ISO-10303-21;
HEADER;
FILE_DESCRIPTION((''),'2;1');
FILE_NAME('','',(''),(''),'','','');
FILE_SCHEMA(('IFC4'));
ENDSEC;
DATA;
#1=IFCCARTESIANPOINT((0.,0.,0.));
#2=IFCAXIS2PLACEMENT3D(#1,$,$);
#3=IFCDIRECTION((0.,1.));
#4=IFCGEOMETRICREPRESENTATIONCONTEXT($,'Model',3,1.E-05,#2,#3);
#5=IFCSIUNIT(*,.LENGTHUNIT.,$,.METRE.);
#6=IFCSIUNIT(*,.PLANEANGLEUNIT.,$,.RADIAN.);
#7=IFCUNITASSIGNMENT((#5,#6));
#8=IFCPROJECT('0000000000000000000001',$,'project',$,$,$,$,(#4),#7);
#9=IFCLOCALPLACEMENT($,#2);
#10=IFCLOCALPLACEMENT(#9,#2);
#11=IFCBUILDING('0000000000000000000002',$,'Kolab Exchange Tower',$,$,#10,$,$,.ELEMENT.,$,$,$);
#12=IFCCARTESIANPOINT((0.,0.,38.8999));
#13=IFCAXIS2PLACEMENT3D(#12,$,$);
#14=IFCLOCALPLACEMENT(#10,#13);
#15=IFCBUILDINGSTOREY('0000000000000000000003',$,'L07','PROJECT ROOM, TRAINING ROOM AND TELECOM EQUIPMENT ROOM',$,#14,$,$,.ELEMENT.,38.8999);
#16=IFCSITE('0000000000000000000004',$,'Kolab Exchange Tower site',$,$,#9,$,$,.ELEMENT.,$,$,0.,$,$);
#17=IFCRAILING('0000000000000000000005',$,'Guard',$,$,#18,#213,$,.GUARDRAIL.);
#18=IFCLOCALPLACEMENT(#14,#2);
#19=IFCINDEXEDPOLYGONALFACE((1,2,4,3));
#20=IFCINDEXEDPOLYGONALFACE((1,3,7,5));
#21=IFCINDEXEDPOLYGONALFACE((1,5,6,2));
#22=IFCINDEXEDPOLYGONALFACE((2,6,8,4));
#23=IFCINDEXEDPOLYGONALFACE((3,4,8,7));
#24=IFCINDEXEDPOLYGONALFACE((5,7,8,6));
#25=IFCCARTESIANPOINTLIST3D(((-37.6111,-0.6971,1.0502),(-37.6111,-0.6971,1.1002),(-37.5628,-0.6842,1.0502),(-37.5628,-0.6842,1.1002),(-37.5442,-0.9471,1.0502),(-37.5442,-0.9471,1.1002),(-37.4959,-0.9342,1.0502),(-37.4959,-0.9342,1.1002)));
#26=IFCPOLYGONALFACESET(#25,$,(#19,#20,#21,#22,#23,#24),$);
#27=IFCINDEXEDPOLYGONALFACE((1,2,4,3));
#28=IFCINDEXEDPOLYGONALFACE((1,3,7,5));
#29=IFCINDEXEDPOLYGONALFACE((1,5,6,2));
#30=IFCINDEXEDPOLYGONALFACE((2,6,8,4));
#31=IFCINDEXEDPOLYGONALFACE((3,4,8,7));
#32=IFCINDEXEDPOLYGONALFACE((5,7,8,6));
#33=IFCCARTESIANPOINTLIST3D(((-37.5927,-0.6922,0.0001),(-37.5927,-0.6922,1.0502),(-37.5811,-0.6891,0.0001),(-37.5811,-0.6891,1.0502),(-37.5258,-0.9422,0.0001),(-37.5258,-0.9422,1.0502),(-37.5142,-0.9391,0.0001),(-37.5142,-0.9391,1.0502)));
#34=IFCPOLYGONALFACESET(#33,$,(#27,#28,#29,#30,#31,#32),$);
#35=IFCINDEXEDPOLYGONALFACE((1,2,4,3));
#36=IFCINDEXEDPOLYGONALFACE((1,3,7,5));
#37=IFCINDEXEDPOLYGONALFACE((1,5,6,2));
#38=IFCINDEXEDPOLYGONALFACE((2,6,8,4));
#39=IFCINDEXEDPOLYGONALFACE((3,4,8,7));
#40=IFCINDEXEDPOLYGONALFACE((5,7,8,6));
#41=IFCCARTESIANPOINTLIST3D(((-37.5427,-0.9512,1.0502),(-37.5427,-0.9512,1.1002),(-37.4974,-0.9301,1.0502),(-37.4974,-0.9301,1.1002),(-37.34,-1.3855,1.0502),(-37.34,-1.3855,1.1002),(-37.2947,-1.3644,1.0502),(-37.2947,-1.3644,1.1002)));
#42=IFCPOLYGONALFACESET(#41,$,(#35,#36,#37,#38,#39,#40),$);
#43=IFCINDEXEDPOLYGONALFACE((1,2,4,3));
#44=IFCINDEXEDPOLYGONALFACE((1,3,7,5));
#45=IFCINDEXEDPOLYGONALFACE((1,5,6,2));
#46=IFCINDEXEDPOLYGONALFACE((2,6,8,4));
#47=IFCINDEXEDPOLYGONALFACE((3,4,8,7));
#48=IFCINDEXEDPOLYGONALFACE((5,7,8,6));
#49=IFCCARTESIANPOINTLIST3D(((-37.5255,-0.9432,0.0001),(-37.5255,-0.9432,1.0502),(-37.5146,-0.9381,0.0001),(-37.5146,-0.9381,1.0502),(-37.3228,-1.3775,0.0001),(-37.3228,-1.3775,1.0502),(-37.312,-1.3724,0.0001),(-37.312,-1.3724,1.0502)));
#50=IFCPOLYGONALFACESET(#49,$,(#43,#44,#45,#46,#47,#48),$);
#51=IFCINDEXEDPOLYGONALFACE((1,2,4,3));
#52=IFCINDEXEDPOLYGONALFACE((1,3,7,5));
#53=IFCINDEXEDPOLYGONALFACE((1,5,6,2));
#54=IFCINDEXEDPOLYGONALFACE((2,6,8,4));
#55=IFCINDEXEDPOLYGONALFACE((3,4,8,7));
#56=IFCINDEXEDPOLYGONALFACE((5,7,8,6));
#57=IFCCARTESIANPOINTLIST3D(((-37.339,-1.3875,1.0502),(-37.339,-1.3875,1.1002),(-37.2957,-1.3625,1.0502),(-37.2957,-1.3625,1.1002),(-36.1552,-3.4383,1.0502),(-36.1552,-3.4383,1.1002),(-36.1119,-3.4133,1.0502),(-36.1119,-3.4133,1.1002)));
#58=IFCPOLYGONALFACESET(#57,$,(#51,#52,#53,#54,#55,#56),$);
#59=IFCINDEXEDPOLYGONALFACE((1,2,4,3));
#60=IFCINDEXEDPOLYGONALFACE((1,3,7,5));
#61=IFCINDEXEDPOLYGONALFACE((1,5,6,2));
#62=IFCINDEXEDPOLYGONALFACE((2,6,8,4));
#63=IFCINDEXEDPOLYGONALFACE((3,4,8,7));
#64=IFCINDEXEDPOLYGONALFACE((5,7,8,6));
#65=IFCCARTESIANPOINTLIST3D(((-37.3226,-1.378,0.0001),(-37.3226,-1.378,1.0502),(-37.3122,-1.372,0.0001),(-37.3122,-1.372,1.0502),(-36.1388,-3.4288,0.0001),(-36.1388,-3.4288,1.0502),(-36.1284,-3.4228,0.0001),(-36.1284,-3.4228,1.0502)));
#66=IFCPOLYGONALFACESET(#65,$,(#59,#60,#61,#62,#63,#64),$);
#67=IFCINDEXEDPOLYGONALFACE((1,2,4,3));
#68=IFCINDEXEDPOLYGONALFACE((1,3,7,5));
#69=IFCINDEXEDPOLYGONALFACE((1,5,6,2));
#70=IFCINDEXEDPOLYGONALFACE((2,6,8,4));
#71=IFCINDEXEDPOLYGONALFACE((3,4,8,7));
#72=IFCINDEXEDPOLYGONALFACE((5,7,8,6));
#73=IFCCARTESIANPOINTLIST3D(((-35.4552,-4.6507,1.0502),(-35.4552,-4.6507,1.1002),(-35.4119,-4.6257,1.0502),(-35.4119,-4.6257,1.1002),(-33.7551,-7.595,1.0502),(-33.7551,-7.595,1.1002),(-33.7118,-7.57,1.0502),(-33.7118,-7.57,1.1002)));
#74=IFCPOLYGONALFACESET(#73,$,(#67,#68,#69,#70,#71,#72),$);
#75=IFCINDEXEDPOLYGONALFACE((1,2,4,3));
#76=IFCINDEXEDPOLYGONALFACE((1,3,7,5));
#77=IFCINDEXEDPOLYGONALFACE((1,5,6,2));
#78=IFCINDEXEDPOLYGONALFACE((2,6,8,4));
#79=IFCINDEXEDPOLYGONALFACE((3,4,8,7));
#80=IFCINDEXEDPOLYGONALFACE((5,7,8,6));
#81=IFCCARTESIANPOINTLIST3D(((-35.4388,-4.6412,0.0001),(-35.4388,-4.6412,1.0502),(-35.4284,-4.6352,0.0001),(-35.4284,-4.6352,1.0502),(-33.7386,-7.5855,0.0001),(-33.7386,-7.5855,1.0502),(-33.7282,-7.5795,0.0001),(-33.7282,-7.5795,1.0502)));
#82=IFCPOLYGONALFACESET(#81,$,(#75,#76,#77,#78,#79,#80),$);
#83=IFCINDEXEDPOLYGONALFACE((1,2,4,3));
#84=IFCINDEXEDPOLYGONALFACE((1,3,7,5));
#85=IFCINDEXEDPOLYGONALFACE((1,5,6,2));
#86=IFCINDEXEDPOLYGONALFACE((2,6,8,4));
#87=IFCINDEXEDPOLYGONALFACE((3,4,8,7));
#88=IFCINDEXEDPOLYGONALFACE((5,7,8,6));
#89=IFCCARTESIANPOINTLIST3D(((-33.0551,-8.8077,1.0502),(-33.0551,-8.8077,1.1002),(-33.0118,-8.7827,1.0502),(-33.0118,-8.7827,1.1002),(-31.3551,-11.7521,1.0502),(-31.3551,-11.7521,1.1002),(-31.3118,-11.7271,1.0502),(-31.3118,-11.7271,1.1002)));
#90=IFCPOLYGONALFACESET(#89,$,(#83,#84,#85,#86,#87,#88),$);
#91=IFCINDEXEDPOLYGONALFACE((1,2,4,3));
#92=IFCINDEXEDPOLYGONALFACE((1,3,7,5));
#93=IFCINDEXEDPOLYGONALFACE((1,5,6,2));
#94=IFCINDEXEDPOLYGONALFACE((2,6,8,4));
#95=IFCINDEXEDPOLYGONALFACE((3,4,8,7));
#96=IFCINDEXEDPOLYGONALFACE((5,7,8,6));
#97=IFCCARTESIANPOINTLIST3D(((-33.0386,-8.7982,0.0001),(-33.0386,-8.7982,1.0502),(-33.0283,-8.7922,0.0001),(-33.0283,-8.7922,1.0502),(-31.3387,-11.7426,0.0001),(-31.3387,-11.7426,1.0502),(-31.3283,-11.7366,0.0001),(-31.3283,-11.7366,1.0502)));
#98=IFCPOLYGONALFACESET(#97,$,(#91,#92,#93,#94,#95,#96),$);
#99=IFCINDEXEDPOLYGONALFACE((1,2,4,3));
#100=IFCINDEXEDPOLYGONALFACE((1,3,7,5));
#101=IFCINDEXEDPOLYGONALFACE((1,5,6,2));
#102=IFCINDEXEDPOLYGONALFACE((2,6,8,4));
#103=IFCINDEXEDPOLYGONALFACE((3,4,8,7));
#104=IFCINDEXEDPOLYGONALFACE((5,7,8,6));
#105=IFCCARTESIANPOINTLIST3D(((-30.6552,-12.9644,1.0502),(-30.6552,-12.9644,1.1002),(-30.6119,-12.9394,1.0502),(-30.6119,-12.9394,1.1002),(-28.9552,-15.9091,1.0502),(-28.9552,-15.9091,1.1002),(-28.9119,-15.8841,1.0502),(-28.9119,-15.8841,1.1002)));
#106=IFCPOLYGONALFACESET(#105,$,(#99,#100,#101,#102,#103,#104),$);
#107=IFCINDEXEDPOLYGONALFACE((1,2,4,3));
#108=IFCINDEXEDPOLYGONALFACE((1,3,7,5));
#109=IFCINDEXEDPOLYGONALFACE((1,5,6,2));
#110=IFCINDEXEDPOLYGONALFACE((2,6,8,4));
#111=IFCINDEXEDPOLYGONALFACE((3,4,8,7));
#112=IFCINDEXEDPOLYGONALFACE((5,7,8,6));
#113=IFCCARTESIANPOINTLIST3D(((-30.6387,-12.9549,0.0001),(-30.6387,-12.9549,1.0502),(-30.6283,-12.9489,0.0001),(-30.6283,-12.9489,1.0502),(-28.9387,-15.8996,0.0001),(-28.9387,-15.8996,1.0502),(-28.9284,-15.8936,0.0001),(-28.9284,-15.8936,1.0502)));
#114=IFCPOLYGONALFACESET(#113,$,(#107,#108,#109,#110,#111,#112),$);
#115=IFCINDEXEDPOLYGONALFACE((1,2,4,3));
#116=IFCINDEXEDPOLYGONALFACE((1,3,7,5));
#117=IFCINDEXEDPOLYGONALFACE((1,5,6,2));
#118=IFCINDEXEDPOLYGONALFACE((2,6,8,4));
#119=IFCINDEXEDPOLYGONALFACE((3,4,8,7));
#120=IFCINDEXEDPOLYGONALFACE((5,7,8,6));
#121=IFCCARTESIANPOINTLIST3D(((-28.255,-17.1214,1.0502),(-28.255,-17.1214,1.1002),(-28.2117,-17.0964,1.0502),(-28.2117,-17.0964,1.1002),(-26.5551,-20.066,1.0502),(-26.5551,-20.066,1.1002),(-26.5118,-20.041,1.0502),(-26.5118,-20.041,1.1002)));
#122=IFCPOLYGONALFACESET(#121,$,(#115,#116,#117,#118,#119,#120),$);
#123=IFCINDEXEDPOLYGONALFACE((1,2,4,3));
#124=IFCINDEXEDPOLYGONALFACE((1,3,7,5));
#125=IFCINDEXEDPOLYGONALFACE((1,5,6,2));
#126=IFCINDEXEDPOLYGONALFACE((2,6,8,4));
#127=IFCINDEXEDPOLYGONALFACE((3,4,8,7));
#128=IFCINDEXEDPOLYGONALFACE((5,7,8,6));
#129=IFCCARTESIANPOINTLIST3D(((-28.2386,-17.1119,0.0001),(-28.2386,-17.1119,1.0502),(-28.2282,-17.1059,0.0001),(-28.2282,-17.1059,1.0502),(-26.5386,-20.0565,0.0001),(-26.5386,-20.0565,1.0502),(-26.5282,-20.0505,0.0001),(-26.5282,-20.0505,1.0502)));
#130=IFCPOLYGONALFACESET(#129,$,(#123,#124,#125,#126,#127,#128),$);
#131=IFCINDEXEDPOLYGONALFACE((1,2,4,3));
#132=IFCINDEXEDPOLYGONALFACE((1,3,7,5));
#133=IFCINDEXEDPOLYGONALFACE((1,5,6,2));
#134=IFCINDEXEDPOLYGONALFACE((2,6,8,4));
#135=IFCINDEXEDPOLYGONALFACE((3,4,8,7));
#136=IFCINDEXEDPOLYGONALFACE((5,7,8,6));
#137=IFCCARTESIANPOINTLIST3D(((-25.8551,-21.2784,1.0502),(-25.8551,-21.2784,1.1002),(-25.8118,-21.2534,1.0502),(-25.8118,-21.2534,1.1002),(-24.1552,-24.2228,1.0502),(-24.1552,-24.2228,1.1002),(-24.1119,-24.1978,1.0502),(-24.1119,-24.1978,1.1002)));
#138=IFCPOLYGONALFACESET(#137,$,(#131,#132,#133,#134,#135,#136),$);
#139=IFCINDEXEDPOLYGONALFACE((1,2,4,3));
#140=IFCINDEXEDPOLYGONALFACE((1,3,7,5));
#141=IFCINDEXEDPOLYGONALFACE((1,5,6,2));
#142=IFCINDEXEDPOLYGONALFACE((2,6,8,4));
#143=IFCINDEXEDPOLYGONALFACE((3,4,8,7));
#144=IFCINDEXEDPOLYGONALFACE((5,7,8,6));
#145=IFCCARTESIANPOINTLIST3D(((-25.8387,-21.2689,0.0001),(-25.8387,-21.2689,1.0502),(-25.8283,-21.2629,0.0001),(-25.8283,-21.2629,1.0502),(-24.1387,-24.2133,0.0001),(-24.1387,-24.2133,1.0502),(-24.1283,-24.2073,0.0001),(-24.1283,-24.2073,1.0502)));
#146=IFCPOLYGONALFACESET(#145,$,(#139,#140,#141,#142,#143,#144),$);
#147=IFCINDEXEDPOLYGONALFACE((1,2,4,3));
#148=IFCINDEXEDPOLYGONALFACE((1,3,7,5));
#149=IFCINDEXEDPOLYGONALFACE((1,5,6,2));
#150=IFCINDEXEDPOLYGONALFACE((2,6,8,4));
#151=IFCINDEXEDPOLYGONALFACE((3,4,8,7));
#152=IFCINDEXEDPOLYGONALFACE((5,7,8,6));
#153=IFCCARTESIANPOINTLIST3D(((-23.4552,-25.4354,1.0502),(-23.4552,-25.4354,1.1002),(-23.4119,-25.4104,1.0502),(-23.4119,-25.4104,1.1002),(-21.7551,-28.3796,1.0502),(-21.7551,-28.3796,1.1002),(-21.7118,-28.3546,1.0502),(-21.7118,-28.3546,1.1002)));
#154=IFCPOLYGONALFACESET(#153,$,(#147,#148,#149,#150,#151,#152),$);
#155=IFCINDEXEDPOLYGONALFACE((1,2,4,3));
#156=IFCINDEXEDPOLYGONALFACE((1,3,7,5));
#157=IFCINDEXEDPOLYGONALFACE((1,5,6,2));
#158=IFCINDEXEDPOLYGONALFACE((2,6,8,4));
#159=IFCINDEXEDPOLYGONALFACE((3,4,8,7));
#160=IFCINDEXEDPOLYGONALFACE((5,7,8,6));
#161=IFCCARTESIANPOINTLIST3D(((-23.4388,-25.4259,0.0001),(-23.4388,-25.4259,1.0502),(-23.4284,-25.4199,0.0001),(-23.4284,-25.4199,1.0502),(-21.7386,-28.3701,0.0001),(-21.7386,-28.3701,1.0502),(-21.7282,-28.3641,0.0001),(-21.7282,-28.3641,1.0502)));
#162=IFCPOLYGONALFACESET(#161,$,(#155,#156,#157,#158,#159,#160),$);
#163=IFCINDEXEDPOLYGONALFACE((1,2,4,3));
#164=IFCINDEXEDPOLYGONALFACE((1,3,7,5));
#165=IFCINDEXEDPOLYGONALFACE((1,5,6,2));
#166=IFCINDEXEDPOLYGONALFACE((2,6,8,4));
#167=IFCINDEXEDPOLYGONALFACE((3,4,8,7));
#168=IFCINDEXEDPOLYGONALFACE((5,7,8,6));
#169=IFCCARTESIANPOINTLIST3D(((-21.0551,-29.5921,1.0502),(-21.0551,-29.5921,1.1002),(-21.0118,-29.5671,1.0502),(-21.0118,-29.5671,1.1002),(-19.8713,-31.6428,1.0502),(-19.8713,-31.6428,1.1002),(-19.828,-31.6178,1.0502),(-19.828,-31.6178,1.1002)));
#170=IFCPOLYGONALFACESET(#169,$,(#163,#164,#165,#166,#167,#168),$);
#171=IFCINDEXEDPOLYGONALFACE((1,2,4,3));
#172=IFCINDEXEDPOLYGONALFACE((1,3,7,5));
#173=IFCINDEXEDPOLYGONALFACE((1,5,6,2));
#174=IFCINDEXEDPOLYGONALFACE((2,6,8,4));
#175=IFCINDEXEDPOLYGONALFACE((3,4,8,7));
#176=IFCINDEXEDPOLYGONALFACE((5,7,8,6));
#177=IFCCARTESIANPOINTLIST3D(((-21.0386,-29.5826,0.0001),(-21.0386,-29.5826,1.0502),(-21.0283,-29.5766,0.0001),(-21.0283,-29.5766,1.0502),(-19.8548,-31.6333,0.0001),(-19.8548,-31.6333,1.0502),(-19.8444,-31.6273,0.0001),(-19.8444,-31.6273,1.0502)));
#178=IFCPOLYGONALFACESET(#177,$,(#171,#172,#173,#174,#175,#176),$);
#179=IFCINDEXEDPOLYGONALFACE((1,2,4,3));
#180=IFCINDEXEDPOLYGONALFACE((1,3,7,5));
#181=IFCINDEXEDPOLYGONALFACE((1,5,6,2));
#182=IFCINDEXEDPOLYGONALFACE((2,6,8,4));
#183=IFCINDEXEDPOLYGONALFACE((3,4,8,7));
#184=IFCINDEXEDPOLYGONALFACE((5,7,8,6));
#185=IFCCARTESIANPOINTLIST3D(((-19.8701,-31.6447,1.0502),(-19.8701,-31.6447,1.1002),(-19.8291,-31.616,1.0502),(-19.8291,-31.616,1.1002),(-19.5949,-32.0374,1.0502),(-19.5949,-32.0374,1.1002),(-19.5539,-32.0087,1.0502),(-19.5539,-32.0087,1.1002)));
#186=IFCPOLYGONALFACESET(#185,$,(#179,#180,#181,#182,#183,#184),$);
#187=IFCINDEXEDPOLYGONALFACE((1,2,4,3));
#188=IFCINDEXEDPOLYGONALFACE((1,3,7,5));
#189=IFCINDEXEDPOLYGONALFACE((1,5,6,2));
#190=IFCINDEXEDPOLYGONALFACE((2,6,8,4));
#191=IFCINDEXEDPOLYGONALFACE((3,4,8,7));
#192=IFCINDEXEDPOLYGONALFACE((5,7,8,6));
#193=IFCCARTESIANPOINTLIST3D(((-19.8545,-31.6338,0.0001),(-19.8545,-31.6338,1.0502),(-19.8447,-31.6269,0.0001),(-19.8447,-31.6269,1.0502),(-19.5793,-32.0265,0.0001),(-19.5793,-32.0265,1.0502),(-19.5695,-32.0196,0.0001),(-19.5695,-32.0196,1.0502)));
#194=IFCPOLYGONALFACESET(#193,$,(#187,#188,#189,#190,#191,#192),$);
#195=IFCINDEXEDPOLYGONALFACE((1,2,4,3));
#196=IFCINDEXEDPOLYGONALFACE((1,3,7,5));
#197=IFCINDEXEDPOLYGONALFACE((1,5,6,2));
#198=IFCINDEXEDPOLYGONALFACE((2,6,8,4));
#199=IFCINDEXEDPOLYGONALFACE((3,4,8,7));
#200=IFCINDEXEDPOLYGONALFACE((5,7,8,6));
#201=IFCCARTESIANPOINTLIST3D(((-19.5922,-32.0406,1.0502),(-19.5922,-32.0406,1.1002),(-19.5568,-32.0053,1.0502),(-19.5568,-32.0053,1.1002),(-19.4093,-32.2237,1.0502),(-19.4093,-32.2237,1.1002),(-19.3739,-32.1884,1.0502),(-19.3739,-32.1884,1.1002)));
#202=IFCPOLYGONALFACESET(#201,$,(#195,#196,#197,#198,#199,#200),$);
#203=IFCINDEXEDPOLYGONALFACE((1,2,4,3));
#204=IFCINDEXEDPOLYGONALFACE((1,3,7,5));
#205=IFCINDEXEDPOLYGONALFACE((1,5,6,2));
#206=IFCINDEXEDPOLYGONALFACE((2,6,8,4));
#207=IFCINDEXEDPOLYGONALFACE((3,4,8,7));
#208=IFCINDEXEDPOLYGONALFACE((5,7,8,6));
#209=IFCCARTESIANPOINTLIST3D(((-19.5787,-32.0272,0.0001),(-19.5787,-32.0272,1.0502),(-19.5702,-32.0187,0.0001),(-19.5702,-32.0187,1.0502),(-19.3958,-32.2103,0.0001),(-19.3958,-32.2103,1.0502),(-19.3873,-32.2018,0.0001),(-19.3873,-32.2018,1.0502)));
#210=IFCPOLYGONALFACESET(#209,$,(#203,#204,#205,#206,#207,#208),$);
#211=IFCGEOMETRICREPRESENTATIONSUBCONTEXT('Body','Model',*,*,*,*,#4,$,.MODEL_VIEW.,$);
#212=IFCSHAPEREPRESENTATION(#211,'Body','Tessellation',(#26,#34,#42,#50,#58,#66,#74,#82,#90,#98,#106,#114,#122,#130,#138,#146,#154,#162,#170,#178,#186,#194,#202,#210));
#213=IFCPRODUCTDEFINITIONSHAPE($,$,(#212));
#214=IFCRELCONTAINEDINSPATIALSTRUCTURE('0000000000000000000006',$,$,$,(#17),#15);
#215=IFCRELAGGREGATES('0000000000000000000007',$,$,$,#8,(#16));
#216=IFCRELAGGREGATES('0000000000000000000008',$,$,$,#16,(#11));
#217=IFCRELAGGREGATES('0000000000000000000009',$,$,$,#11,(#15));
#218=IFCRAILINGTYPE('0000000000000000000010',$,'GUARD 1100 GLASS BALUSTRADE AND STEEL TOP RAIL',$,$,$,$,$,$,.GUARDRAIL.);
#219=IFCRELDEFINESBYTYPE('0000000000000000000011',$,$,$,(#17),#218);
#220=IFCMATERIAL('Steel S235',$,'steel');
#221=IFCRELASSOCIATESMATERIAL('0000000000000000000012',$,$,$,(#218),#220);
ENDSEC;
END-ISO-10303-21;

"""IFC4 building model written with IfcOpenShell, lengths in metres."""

from ifc_helpers import new_model, si_unit, direction, frame, frame_2d, origin, origin_2d, place, context, subcontext, project, spatial, rectangle, extrude, material, type_object, element, save


model = new_model("IFC4")

# Units and contexts
model_context = context("Model", 3, precision=1e-05, world=origin(), true_north=direction((0.0, 1.0)))
body_context = subcontext(model_context, "Body", "Model", "MODEL_VIEW")
ifc_project = project(units=[si_unit("LENGTHUNIT", "METRE"), si_unit("PLANEANGLEUNIT", "RADIAN")], contexts=[model_context])

# Site, building, storey
site_placement = place(None, origin())
site = spatial("IfcSite", under=ifc_project, at=site_placement, Name="Kolab Exchange Tower site", CompositionType="ELEMENT", RefElevation=0.0)
building_placement = place(site_placement, origin())
building = spatial("IfcBuilding", under=site, at=building_placement, Name="Kolab Exchange Tower", CompositionType="ELEMENT")
storey_placement = place(building_placement, frame((0.0, 0.0, 38.8999)))
storey = spatial("IfcBuildingStorey", under=building, at=storey_placement, Name="L07", Description="PROJECT ROOM, TRAINING ROOM AND TELECOM EQUIPMENT ROOM", CompositionType="ELEMENT", Elevation=38.8999)

# Railing
ifc_material_1 = material(Name="Steel S235", Category="steel")
railing_type = type_object("IfcRailingType", Name="GUARD 1100 GLASS BALUSTRADE AND STEEL TOP RAIL", PredefinedType="GUARDRAIL", material=ifc_material_1)
railing_placement = place(storey_placement, frame((-37.5869, -0.6907, 0.0)))
element("IfcRailing", 1, at=railing_placement, inside=storey, type_object=railing_type, Name="Guard", PredefinedType="GUARDRAIL", context=body_context, shape_type="SweptSolid", body=[
    extrude(rectangle(XDim=0.05, YDim=0.05, at=origin_2d()), frame((0.0, 0.0, 1.0752), z_axis=(0.258485, -0.966015, 0.0), x_axis=(0.966015, 0.258485, 0.0)), (0.0, 0.0, 1.0), 0.2588),
    extrude(rectangle(XDim=0.012, YDim=1.0501, at=frame_2d((0.0, 0.5251))), frame((0.0, 0.0, 0.0), z_axis=(0.258485, -0.966015, 0.0), x_axis=(0.966015, 0.258485, 0.0)), (0.0, 0.0, 1.0), 0.2588),
    extrude(rectangle(XDim=0.05, YDim=0.05, at=origin_2d()), frame((0.0669, -0.25, 1.0752), z_axis=(0.422802, -0.906222, 0.0), x_axis=(0.906222, 0.422802, 0.0)), (0.0, 0.0, 1.0), 0.4792),
    extrude(rectangle(XDim=0.012, YDim=1.0501, at=frame_2d((0.0, 0.5251))), frame((0.0669, -0.25, 0.0), z_axis=(0.422802, -0.906222, 0.0), x_axis=(0.906222, 0.422802, 0.0)), (0.0, 0.0, 1.0), 0.4792),
    extrude(rectangle(XDim=0.05, YDim=0.05, at=origin_2d()), frame((0.2695, -0.6843, 1.0752), z_axis=(0.499943, -0.866059, 0.0), x_axis=(0.866059, 0.499943, 0.0)), (0.0, 0.0, 1.0), 2.3679),
    extrude(rectangle(XDim=0.012, YDim=1.0501, at=frame_2d((0.0, 0.5251))), frame((0.2695, -0.6843, 0.0), z_axis=(0.499943, -0.866059, 0.0), x_axis=(0.866059, 0.499943, 0.0)), (0.0, 0.0, 1.0), 2.3679),
    extrude(rectangle(XDim=0.05, YDim=0.05, at=origin_2d()), frame((2.1533, -3.9475, 1.0752), z_axis=(0.500062, -0.865989, 0.0), x_axis=(0.865989, 0.500062, 0.0)), (0.0, 0.0, 1.0), 3.3999),
    extrude(rectangle(XDim=0.012, YDim=1.0501, at=frame_2d((0.0, 0.5251))), frame((2.1533, -3.9475, 0.0), z_axis=(0.500062, -0.865989, 0.0), x_axis=(0.865989, 0.500062, 0.0)), (0.0, 0.0, 1.0), 3.3999),
    extrude(rectangle(XDim=0.05, YDim=0.05, at=origin_2d()), frame((4.5535, -8.1045, 1.0752), z_axis=(0.500008, -0.866021, 0.0), x_axis=(0.866021, 0.500008, 0.0)), (0.0, 0.0, 1.0), 3.3999),
    extrude(rectangle(XDim=0.012, YDim=1.0501, at=frame_2d((0.0, 0.5251))), frame((4.5535, -8.1045, 0.0), z_axis=(0.500008, -0.866021, 0.0), x_axis=(0.866021, 0.500008, 0.0)), (0.0, 0.0, 1.0), 3.3999),
    extrude(rectangle(XDim=0.05, YDim=0.05, at=origin_2d()), frame((6.9534, -12.2612, 1.0752), z_axis=(0.499977, -0.866039, 0.0), x_axis=(0.866039, 0.499977, 0.0)), (0.0, 0.0, 1.0), 3.4001),
    extrude(rectangle(XDim=0.012, YDim=1.0501, at=frame_2d((0.0, 0.5251))), frame((6.9534, -12.2612, 0.0), z_axis=(0.499977, -0.866039, 0.0), x_axis=(0.866039, 0.499977, 0.0)), (0.0, 0.0, 1.0), 3.4001),
    extrude(rectangle(XDim=0.05, YDim=0.05, at=origin_2d()), frame((9.3535, -16.4182, 1.0752), z_axis=(0.499977, -0.866039, 0.0), x_axis=(0.866039, 0.499977, 0.0)), (0.0, 0.0, 1.0), 3.4001),
    extrude(rectangle(XDim=0.012, YDim=1.0501, at=frame_2d((0.0, 0.5251))), frame((9.3535, -16.4182, 0.0), z_axis=(0.499977, -0.866039, 0.0), x_axis=(0.866039, 0.499977, 0.0)), (0.0, 0.0, 1.0), 3.4001),
    extrude(rectangle(XDim=0.05, YDim=0.05, at=origin_2d()), frame((11.7534, -20.5752, 1.0752), z_axis=(0.500008, -0.866021, 0.0), x_axis=(0.866021, 0.500008, 0.0)), (0.0, 0.0, 1.0), 3.3999),
    extrude(rectangle(XDim=0.012, YDim=1.0501, at=frame_2d((0.0, 0.5251))), frame((11.7534, -20.5752, 0.0), z_axis=(0.500008, -0.866021, 0.0), x_axis=(0.866021, 0.500008, 0.0)), (0.0, 0.0, 1.0), 3.3999),
    extrude(rectangle(XDim=0.05, YDim=0.05, at=origin_2d()), frame((14.1533, -24.7322, 1.0752), z_axis=(0.500062, -0.865989, 0.0), x_axis=(0.865989, 0.500062, 0.0)), (0.0, 0.0, 1.0), 3.3999),
    extrude(rectangle(XDim=0.012, YDim=1.0501, at=frame_2d((0.0, 0.5251))), frame((14.1533, -24.7322, 0.0), z_axis=(0.500062, -0.865989, 0.0), x_axis=(0.865989, 0.500062, 0.0)), (0.0, 0.0, 1.0), 3.3999),
    extrude(rectangle(XDim=0.05, YDim=0.05, at=origin_2d()), frame((16.5535, -28.8889, 1.0752), z_axis=(0.499943, -0.866059, 0.0), x_axis=(0.866059, 0.499943, 0.0)), (0.0, 0.0, 1.0), 2.3679),
    extrude(rectangle(XDim=0.012, YDim=1.0501, at=frame_2d((0.0, 0.5251))), frame((16.5535, -28.8889, 0.0), z_axis=(0.499943, -0.866059, 0.0), x_axis=(0.866059, 0.499943, 0.0)), (0.0, 0.0, 1.0), 2.3679),
    extrude(rectangle(XDim=0.05, YDim=0.05, at=origin_2d()), frame((17.7373, -30.9397, 1.0752), z_axis=(0.573941, -0.818897, 0.0), x_axis=(0.818897, 0.573941, 0.0)), (0.0, 0.0, 1.0), 0.4795),
    extrude(rectangle(XDim=0.012, YDim=1.0501, at=frame_2d((0.0, 0.5251))), frame((17.7373, -30.9397, 0.0), z_axis=(0.573941, -0.818897, 0.0), x_axis=(0.818897, 0.573941, 0.0)), (0.0, 0.0, 1.0), 0.4795),
    extrude(rectangle(XDim=0.05, YDim=0.05, at=origin_2d()), frame((18.0125, -31.3323, 1.0752), z_axis=(0.706635, -0.707578, 0.0), x_axis=(0.707578, 0.706635, 0.0)), (0.0, 0.0, 1.0), 0.2588),
    extrude(rectangle(XDim=0.012, YDim=1.0501, at=frame_2d((0.0, 0.5251))), frame((18.0125, -31.3323, 0.0), z_axis=(0.706635, -0.707578, 0.0), x_axis=(0.707578, 0.706635, 0.0)), (0.0, 0.0, 1.0), 0.2588),
])

save(model, "model.ifc")
